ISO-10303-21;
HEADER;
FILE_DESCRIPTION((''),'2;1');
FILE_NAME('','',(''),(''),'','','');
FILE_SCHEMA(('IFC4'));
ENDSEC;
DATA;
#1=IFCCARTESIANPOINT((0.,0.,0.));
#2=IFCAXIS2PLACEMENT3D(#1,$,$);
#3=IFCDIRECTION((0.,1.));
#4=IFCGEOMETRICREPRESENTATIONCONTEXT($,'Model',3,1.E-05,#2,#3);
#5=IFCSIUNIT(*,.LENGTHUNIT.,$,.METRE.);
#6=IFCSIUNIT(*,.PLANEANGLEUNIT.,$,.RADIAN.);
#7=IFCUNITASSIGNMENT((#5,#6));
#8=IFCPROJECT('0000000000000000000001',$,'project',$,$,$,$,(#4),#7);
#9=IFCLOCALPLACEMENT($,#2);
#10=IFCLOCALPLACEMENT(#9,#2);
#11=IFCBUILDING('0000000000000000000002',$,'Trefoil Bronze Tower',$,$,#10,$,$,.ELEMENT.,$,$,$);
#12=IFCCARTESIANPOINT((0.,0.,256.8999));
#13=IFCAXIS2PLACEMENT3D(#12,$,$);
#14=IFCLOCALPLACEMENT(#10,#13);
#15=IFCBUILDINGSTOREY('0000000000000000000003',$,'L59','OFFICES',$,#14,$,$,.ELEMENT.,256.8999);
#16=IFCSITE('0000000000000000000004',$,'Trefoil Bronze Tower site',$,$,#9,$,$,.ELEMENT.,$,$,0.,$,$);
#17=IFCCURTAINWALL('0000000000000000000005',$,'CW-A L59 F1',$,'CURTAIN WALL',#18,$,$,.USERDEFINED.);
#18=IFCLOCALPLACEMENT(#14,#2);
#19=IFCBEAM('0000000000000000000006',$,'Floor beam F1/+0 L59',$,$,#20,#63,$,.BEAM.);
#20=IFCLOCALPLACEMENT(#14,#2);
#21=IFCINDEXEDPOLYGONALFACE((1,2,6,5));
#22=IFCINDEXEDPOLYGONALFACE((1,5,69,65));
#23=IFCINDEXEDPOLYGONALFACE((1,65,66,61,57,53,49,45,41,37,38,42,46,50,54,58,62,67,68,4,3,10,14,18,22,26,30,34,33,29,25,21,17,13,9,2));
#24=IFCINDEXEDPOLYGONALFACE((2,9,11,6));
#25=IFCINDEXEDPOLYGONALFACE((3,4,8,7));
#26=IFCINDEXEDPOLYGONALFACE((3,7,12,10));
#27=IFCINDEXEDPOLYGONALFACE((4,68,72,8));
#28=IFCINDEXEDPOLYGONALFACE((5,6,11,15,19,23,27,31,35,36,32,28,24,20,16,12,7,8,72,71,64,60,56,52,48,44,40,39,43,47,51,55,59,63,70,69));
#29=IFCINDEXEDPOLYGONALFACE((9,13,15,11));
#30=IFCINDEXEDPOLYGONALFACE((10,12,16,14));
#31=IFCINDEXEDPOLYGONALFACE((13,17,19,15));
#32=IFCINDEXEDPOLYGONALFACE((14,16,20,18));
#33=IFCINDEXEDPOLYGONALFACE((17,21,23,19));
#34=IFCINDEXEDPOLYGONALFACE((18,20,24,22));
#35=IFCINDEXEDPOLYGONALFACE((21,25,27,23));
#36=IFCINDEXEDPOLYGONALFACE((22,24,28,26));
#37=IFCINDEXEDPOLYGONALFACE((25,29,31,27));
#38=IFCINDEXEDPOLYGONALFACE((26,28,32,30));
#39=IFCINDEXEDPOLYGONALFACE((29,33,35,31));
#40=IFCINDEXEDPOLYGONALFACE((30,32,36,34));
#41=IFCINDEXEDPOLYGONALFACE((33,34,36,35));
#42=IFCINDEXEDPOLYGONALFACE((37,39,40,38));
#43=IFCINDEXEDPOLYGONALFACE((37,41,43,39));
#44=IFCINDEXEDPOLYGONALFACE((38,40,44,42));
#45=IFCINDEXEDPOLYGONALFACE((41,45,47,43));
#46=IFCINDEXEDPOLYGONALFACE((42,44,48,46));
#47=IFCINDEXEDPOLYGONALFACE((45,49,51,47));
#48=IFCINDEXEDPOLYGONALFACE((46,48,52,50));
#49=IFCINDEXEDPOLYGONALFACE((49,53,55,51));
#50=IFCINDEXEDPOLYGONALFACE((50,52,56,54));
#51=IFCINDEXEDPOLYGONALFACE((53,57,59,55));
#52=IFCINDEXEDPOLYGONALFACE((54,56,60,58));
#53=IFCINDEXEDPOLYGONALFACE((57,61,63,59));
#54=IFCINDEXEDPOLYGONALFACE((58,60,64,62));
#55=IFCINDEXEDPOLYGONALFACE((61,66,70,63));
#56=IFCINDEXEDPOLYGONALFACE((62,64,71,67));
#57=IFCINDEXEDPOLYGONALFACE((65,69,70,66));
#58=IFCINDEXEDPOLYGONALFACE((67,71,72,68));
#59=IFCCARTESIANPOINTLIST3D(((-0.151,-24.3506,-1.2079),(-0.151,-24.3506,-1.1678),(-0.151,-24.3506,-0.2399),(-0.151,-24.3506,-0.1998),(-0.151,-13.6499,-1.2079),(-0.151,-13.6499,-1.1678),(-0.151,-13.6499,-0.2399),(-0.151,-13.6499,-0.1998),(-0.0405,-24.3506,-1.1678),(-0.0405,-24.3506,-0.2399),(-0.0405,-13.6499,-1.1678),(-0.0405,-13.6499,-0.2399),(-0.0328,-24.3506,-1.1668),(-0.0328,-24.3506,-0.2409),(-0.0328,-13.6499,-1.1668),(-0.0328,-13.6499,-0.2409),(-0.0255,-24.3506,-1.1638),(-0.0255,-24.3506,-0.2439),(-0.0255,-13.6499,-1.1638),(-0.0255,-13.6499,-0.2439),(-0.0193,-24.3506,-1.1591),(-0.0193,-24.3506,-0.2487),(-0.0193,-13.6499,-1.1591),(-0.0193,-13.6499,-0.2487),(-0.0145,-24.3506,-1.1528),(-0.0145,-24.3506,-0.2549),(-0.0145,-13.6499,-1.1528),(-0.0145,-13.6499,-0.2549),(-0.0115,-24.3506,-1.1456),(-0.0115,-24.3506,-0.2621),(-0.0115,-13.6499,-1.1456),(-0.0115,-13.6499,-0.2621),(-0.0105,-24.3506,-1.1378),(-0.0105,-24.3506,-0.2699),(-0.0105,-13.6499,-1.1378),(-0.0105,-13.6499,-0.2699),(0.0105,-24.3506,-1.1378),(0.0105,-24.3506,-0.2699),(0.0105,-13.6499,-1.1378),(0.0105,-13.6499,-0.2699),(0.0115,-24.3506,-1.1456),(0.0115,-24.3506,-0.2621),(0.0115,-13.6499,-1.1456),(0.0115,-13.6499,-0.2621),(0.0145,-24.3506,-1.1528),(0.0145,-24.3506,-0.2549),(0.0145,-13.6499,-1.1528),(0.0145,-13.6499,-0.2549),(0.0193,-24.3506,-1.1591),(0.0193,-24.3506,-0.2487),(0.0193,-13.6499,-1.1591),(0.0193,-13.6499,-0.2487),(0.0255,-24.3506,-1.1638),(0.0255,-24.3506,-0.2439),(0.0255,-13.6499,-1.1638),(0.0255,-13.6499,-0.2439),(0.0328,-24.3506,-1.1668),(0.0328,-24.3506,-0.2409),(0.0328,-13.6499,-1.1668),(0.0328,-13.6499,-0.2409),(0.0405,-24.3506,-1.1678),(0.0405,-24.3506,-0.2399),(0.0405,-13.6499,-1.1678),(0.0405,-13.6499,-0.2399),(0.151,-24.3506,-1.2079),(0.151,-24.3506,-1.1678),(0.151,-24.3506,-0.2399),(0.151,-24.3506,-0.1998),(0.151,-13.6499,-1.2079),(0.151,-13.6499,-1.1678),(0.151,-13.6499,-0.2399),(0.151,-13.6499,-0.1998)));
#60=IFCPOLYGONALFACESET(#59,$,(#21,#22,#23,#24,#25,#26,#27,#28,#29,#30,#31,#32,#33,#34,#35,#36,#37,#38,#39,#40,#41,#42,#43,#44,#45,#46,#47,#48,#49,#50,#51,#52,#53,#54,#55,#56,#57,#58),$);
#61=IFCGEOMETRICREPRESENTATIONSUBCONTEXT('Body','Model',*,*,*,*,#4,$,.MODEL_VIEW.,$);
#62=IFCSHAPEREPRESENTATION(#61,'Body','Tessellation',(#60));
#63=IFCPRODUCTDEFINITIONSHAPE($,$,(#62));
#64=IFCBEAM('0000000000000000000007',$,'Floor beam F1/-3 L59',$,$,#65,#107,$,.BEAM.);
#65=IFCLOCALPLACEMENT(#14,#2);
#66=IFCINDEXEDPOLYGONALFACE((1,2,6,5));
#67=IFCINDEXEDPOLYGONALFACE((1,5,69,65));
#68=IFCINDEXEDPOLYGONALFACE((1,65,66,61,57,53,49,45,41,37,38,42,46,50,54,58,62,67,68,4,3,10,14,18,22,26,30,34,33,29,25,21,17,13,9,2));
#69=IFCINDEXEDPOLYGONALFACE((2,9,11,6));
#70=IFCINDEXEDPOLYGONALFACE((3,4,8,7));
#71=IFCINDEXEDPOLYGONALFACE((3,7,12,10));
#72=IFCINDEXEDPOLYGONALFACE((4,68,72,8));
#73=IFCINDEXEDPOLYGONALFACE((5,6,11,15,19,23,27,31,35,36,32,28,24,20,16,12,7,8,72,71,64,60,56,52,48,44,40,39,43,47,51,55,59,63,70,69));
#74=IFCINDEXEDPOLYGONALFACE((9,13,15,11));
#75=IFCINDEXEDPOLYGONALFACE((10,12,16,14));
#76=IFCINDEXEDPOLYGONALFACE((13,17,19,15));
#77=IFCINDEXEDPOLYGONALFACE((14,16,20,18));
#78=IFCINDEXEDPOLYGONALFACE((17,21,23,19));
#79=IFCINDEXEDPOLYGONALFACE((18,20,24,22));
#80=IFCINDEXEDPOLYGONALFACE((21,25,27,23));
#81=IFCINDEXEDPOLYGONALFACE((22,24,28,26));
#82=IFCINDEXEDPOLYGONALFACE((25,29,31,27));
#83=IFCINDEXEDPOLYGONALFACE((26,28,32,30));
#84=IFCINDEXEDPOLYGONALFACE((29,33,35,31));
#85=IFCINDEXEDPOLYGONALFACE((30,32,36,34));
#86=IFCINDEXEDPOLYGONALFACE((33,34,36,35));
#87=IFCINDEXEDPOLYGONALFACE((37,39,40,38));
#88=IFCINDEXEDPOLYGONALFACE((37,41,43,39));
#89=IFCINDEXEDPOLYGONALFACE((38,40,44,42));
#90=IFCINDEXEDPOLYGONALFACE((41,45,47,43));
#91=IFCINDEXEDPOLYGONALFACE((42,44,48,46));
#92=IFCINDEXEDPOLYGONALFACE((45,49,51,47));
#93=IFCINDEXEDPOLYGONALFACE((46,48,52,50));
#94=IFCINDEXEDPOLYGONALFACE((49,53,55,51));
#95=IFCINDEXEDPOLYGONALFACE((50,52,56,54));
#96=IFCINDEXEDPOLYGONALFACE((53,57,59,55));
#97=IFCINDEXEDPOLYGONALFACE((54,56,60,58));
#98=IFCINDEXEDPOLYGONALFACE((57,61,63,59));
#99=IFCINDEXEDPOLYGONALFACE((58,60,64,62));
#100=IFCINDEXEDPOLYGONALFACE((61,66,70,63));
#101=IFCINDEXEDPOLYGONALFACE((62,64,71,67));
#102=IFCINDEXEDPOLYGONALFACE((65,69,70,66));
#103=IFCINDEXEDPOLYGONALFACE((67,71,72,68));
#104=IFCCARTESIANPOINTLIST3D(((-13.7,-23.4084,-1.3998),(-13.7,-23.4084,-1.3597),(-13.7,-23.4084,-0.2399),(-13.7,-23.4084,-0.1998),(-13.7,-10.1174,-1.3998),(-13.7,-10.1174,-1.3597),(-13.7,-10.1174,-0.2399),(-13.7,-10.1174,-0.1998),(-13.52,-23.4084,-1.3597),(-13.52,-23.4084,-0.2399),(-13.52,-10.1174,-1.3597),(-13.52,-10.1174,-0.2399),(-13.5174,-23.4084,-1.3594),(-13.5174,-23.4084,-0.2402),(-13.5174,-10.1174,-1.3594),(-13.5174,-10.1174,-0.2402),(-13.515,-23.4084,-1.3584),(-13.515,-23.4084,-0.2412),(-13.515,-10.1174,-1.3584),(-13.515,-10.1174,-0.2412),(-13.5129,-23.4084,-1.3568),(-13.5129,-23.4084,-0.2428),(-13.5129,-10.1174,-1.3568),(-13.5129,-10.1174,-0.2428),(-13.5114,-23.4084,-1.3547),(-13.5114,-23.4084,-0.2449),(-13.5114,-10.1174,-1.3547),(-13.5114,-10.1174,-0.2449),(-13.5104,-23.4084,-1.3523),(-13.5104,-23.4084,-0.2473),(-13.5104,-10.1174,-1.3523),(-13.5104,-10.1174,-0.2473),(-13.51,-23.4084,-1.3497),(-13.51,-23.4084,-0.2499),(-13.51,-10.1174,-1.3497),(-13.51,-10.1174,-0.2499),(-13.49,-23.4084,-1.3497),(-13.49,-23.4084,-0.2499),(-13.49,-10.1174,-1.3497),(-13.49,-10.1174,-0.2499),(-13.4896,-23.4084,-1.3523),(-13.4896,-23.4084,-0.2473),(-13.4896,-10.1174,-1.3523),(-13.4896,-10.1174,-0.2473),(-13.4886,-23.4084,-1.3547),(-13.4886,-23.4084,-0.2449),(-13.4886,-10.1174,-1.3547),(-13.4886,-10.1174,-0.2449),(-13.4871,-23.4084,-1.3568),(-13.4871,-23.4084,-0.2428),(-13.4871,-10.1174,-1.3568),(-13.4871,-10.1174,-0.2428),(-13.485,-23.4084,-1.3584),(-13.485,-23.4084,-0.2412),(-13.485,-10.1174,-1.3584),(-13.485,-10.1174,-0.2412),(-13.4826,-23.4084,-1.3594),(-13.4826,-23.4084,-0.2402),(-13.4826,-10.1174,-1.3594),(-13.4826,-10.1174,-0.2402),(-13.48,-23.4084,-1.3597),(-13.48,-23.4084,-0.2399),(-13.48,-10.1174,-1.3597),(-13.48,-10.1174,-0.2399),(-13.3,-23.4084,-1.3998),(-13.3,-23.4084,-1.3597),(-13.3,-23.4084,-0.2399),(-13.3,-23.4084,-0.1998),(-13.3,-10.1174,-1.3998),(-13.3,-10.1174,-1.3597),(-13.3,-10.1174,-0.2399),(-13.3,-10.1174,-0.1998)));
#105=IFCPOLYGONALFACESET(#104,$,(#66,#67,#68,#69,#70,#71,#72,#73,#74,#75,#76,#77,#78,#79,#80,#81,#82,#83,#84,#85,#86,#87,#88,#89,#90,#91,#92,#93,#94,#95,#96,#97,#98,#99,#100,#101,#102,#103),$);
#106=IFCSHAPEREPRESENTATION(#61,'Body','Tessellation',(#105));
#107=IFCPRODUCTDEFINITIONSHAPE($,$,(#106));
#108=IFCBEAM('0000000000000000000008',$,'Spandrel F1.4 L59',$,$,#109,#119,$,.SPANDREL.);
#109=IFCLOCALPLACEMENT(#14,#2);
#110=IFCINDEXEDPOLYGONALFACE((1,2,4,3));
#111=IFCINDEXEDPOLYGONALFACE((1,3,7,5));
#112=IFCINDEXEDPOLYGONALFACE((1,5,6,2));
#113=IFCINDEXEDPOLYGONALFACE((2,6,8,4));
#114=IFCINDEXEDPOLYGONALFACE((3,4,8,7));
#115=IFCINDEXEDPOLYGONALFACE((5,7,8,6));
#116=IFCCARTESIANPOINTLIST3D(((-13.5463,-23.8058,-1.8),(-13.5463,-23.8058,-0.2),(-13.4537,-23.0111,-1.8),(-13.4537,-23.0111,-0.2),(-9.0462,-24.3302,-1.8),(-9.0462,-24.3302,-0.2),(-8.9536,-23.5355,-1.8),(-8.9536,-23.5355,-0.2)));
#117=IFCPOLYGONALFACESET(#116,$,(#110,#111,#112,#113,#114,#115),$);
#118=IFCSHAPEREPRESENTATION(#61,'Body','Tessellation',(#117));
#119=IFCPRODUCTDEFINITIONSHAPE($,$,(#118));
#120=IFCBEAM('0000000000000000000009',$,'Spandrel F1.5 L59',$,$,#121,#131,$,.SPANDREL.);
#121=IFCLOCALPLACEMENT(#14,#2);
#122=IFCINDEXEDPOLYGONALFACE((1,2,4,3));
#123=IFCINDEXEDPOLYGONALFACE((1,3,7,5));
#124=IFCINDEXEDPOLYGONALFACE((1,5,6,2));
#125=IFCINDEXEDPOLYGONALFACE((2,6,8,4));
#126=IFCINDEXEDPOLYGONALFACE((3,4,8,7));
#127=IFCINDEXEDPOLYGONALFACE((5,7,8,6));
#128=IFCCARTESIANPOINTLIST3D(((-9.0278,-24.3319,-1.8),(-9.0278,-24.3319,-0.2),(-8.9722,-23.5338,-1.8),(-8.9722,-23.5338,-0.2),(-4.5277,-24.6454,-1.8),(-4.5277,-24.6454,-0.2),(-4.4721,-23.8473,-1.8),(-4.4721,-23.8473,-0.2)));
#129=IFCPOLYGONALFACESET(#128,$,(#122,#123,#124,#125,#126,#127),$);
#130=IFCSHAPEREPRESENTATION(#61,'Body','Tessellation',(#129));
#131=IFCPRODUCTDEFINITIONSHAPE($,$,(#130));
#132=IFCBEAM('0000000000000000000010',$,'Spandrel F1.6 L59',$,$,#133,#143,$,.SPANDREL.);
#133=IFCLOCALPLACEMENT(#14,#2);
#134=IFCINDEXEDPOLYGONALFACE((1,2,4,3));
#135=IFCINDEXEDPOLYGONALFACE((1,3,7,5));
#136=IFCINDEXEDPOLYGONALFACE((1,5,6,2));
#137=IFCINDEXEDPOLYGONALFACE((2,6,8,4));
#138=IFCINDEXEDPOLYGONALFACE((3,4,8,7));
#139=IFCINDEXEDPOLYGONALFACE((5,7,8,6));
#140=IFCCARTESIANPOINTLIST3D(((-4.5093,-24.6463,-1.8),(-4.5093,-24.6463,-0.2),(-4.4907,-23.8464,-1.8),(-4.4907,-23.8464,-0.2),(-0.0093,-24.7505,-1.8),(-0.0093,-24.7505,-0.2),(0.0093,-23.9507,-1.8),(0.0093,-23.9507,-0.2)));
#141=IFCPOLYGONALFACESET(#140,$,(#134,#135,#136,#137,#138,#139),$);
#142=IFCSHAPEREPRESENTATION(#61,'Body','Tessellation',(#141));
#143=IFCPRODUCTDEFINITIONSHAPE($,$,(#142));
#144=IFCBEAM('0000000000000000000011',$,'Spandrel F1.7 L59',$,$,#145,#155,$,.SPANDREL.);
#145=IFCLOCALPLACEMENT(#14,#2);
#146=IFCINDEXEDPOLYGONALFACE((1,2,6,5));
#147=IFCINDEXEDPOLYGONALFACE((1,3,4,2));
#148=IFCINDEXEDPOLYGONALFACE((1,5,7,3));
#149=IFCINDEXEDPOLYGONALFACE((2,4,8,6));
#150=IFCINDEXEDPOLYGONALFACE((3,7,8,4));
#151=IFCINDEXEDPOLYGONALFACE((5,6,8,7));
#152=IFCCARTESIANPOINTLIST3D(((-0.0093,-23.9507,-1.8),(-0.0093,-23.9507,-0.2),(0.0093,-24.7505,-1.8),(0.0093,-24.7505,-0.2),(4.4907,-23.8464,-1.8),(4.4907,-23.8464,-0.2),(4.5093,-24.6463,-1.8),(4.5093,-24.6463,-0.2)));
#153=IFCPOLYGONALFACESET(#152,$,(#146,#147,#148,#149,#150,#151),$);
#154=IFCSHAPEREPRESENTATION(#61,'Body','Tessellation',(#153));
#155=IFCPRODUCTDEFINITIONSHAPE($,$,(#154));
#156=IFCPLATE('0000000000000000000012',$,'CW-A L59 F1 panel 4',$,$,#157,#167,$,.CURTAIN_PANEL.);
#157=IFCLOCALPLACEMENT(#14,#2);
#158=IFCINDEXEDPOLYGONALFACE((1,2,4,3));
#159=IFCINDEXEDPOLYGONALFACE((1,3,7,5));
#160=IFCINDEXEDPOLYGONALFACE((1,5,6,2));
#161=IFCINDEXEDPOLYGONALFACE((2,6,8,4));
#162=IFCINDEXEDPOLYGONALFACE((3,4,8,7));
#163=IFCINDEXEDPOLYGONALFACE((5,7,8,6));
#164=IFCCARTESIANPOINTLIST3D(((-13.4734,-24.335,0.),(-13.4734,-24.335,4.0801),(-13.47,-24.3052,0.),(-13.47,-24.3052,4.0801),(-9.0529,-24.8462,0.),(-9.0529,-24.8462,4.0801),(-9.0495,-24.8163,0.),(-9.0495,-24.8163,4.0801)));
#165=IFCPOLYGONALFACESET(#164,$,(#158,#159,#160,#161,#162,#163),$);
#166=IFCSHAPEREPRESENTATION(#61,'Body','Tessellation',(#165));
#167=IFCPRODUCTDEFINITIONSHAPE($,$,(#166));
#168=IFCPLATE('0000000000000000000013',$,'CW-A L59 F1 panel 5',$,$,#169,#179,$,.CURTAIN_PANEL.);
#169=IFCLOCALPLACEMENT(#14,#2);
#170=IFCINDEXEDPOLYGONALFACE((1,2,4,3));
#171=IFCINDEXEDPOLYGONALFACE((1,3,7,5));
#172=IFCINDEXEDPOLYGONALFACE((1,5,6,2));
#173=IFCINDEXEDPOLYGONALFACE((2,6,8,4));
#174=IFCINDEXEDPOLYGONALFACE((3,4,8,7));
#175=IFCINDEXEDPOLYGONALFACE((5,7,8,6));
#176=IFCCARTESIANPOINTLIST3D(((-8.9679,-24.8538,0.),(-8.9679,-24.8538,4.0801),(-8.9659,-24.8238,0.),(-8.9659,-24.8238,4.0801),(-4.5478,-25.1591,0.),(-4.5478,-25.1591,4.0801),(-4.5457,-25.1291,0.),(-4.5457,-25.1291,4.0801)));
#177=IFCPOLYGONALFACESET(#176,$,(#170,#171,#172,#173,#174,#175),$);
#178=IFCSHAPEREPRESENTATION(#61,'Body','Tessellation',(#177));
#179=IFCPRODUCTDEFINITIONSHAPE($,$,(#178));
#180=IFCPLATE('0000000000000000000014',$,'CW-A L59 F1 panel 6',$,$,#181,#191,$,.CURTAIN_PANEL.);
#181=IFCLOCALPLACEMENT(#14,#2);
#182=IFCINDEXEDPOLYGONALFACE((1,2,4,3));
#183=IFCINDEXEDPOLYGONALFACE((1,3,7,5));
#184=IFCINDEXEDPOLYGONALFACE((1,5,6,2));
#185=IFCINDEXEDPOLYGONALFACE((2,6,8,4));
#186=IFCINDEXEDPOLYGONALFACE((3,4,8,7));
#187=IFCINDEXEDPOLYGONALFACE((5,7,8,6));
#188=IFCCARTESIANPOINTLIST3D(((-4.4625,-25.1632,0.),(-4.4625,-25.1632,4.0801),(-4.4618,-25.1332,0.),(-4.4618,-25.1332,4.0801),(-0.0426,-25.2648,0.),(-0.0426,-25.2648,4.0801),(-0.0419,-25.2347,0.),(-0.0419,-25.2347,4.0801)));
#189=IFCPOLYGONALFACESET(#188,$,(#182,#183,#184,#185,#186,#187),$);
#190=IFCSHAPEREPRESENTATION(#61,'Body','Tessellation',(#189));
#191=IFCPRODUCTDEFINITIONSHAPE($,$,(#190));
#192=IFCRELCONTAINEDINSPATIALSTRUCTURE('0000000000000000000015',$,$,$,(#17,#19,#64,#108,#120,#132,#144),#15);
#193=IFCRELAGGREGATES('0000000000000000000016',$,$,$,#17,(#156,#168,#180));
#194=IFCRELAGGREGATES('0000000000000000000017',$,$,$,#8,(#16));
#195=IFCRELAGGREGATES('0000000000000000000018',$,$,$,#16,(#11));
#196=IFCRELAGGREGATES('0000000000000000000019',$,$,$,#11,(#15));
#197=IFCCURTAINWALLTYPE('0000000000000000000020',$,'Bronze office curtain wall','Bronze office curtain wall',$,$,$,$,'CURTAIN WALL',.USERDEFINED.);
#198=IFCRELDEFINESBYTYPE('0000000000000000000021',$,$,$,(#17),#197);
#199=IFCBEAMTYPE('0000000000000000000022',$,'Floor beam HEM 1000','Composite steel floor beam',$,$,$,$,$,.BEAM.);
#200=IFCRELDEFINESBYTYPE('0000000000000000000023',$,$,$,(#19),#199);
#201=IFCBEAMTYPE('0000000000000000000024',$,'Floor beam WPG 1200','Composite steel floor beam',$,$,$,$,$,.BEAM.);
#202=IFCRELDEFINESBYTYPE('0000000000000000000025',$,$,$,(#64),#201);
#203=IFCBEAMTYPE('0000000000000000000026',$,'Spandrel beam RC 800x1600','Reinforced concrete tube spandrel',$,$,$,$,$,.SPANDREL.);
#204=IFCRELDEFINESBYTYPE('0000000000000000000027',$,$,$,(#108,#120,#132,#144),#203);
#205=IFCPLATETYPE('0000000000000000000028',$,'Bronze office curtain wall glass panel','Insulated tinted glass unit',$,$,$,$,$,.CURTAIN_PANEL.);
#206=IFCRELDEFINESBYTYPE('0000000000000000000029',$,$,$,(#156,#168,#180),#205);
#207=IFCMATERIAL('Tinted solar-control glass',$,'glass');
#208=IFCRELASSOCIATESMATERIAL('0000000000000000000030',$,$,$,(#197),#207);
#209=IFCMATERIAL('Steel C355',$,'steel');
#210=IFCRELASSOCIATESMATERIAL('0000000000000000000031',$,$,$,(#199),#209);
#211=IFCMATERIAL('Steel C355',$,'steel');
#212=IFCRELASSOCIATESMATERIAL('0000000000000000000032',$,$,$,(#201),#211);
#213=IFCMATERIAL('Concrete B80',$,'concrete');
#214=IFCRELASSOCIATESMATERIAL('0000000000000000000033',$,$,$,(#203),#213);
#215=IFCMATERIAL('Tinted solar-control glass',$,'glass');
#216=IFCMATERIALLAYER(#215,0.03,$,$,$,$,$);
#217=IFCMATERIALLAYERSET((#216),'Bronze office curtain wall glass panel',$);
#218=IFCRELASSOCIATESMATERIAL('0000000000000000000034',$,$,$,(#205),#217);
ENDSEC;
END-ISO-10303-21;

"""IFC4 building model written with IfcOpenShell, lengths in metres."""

from ifc_helpers import new_model, si_unit, direction, frame, origin, origin_2d, place, context, subcontext, project, spatial, rectangle, i_section, extrude, material, layer, layer_set, material_profile, profile_set, type_object, element, aggregate, save


model = new_model("IFC4")

# Units and contexts
model_context = context("Model", 3, precision=1e-05, world=origin(), true_north=direction((0.0, 1.0)))
body_context = subcontext(model_context, "Body", "Model", "MODEL_VIEW")
ifc_project = project(units=[si_unit("LENGTHUNIT", "METRE"), si_unit("PLANEANGLEUNIT", "RADIAN")], contexts=[model_context])

# Site, building, storey
site_placement = place(None, origin())
site = spatial("IfcSite", under=ifc_project, at=site_placement, Name="Trefoil Bronze Tower site", CompositionType="ELEMENT", RefElevation=0.0)
building_placement = place(site_placement, origin())
building = spatial("IfcBuilding", under=site, at=building_placement, Name="Trefoil Bronze Tower", CompositionType="ELEMENT")
storey_placement = place(building_placement, frame((0.0, 0.0, 256.8999)))
storey = spatial("IfcBuildingStorey", under=building, at=storey_placement, Name="L59", Description="OFFICES", CompositionType="ELEMENT", Elevation=256.8999)

# Curtain wall
ifc_material_1 = material(Name="Tinted solar-control glass", Category="glass")
curtain_wall_type = type_object("IfcCurtainWallType", Name="Bronze office curtain wall", Description="Bronze office curtain wall", ElementType="CURTAIN WALL", PredefinedType="USERDEFINED", material=ifc_material_1)
curtain_wall_placement = place(storey_placement, origin())
curtain_wall = element("IfcCurtainWall", 1, at=curtain_wall_placement, inside=storey, type_object=curtain_wall_type, Name="CW-A L59 F1", ObjectType="CURTAIN WALL", PredefinedType="USERDEFINED")

# Beams
ifc_material_2 = material(Name="Steel C355", Category="steel")
ifc_material_profile_1 = material_profile(ifc_material_2, i_section(OverallWidth=0.302, OverallDepth=1.0081, WebThickness=0.021, FlangeThickness=0.04, FilletRadius=0.03, at=origin_2d()), Name="HEM 1000")
ifc_profile_set_1 = profile_set([ifc_material_profile_1], Name="Steel C355")
beam_type_1 = type_object("IfcBeamType", Name="Floor beam HEM 1000", Description="Composite steel floor beam", PredefinedType="BEAM", material=ifc_profile_set_1)
beam_1_placement = place(storey_placement, frame((0.0, -24.3506, -0.7039), z_axis=(0.0, 1.0, 0.0), x_axis=(-1.0, 0.0, 0.0)))
element("IfcBeam", 2, at=beam_1_placement, inside=storey, type_object=beam_type_1, Name="Floor beam F1/+0 L59", PredefinedType="BEAM", context=body_context, shape_type="SweptSolid", body=[
    extrude(i_section(OverallWidth=0.302, OverallDepth=1.0081, WebThickness=0.021, FlangeThickness=0.04, FilletRadius=0.03, at=origin_2d()), origin(), (0.0, 0.0, 1.0), 10.7007),
])
ifc_material_3 = material(Name="Steel C355", Category="steel")
ifc_material_profile_2 = material_profile(ifc_material_3, i_section(OverallWidth=0.3999, OverallDepth=1.2, WebThickness=0.02, FlangeThickness=0.04, FilletRadius=0.01, at=origin_2d()), Name="WPG 1200")
ifc_profile_set_2 = profile_set([ifc_material_profile_2], Name="Steel C355")
beam_type_2 = type_object("IfcBeamType", Name="Floor beam WPG 1200", Description="Composite steel floor beam", PredefinedType="BEAM", material=ifc_profile_set_2)
beam_2_placement = place(storey_placement, frame((-13.5, -23.4084, -0.7998), z_axis=(0.0, 1.0, 0.0), x_axis=(-1.0, 0.0, 0.0)))
element("IfcBeam", 3, at=beam_2_placement, inside=storey, type_object=beam_type_2, Name="Floor beam F1/-3 L59", PredefinedType="BEAM", context=body_context, shape_type="SweptSolid", body=[
    extrude(i_section(OverallWidth=0.3999, OverallDepth=1.2, WebThickness=0.02, FlangeThickness=0.04, FilletRadius=0.01, at=origin_2d()), origin(), (0.0, 0.0, 1.0), 13.291),
])
ifc_material_4 = material(Name="Concrete B80", Category="concrete")
ifc_material_profile_3 = material_profile(ifc_material_4, rectangle(XDim=0.8, YDim=1.6001, at=origin_2d()), Name="RC 800x1600")
ifc_profile_set_3 = profile_set([ifc_material_profile_3], Name="Concrete B80")
beam_type_3 = type_object("IfcBeamType", Name="Spandrel beam RC 800x1600", Description="Reinforced concrete tube spandrel", PredefinedType="SPANDREL", material=ifc_profile_set_3)
beam_3_placement = place(storey_placement, frame((-13.5, -23.4084, -1.0), z_axis=(0.993278, -0.115753, 0.0), x_axis=(0.115753, 0.993278, 0.0)))
element("IfcBeam", 4, at=beam_3_placement, inside=storey, type_object=beam_type_3, Name="Spandrel F1.4 L59", PredefinedType="SPANDREL", context=body_context, shape_type="SweptSolid", body=[
    extrude(rectangle(XDim=0.8, YDim=1.6001, at=origin_2d()), origin(), (0.0, 0.0, 1.0), 4.5305),
])
beam_4_placement = place(storey_placement, frame((-9.0, -23.9329, -1.0), z_axis=(0.997582, -0.069493, 0.0), x_axis=(0.069493, 0.997582, 0.0)))
element("IfcBeam", 5, at=beam_4_placement, inside=storey, type_object=beam_type_3, Name="Spandrel F1.5 L59", PredefinedType="SPANDREL", context=body_context, shape_type="SweptSolid", body=[
    extrude(rectangle(XDim=0.8, YDim=1.6001, at=origin_2d()), origin(), (0.0, 0.0, 1.0), 4.511),
])
for number, where, z_axis, x_axis, name in (
    (6, (-4.5, -24.2463, -1.0), (0.999732, -0.02316, 0.0), (0.02316, 0.999732, 0.0), "Spandrel F1.6 L59"),
    (7, (0.0, -24.3506, -1.0), (0.999732, 0.02316, 0.0), (-0.02316, 0.999732, 0.0), "Spandrel F1.7 L59"),
):
    element("IfcBeam", number, at=place(storey_placement, frame(where, z_axis=z_axis, x_axis=x_axis)), inside=storey, type_object=beam_type_3, Name=name, PredefinedType="SPANDREL", context=body_context, shape_type="SweptSolid", body=[
        extrude(rectangle(XDim=0.8, YDim=1.6001, at=origin_2d()), origin(), (0.0, 0.0, 1.0), 4.5012),
    ])

# Plates
ifc_material_5 = material(Name="Tinted solar-control glass", Category="glass")
ifc_layer_1 = layer(ifc_material_5, 0.03)
ifc_layer_set_1 = layer_set([ifc_layer_1], Name="Bronze office curtain wall glass panel")
plate_type = type_object("IfcPlateType", Name="Bronze office curtain wall glass panel", Description="Insulated tinted glass unit", PredefinedType="CURTAIN_PANEL", material=ifc_layer_set_1)
plate_1_placement = place(storey_placement, frame((-11.2615, -24.5757, 0.0), z_axis=(0.0, 0.0, 1.0), x_axis=(0.993382, -0.114859, 0.0)))
plate_1 = element("IfcPlate", 8, at=plate_1_placement, type_object=plate_type, Name="CW-A L59 F1 panel 4", PredefinedType="CURTAIN_PANEL", context=body_context, shape_type="SweptSolid", body=[
    extrude(rectangle(XDim=4.45, YDim=0.03, at=origin_2d()), origin(), (0.0, 0.0, 1.0), 4.0801),
])
plate_2_placement = place(storey_placement, frame((-6.7568, -24.9915, 0.0), z_axis=(0.0, 0.0, 1.0), x_axis=(0.997623, -0.068915, 0.0)))
plate_2 = element("IfcPlate", 9, at=plate_2_placement, type_object=plate_type, Name="CW-A L59 F1 panel 5", PredefinedType="CURTAIN_PANEL", context=body_context, shape_type="SweptSolid", body=[
    extrude(rectangle(XDim=4.4307, YDim=0.03, at=origin_2d()), origin(), (0.0, 0.0, 1.0), 4.0801),
])
plate_3_placement = place(storey_placement, frame((-2.2522, -25.199, 0.0), z_axis=(0.0, 0.0, 1.0), x_axis=(0.999736, -0.022972, 0.0)))
plate_3 = element("IfcPlate", 10, at=plate_3_placement, type_object=plate_type, Name="CW-A L59 F1 panel 6", PredefinedType="CURTAIN_PANEL", context=body_context, shape_type="SweptSolid", body=[
    extrude(rectangle(XDim=4.4211, YDim=0.03, at=origin_2d()), origin(), (0.0, 0.0, 1.0), 4.0801),
])
aggregate(curtain_wall, [plate_1, plate_2, plate_3])

save(model, "model.ifc")
